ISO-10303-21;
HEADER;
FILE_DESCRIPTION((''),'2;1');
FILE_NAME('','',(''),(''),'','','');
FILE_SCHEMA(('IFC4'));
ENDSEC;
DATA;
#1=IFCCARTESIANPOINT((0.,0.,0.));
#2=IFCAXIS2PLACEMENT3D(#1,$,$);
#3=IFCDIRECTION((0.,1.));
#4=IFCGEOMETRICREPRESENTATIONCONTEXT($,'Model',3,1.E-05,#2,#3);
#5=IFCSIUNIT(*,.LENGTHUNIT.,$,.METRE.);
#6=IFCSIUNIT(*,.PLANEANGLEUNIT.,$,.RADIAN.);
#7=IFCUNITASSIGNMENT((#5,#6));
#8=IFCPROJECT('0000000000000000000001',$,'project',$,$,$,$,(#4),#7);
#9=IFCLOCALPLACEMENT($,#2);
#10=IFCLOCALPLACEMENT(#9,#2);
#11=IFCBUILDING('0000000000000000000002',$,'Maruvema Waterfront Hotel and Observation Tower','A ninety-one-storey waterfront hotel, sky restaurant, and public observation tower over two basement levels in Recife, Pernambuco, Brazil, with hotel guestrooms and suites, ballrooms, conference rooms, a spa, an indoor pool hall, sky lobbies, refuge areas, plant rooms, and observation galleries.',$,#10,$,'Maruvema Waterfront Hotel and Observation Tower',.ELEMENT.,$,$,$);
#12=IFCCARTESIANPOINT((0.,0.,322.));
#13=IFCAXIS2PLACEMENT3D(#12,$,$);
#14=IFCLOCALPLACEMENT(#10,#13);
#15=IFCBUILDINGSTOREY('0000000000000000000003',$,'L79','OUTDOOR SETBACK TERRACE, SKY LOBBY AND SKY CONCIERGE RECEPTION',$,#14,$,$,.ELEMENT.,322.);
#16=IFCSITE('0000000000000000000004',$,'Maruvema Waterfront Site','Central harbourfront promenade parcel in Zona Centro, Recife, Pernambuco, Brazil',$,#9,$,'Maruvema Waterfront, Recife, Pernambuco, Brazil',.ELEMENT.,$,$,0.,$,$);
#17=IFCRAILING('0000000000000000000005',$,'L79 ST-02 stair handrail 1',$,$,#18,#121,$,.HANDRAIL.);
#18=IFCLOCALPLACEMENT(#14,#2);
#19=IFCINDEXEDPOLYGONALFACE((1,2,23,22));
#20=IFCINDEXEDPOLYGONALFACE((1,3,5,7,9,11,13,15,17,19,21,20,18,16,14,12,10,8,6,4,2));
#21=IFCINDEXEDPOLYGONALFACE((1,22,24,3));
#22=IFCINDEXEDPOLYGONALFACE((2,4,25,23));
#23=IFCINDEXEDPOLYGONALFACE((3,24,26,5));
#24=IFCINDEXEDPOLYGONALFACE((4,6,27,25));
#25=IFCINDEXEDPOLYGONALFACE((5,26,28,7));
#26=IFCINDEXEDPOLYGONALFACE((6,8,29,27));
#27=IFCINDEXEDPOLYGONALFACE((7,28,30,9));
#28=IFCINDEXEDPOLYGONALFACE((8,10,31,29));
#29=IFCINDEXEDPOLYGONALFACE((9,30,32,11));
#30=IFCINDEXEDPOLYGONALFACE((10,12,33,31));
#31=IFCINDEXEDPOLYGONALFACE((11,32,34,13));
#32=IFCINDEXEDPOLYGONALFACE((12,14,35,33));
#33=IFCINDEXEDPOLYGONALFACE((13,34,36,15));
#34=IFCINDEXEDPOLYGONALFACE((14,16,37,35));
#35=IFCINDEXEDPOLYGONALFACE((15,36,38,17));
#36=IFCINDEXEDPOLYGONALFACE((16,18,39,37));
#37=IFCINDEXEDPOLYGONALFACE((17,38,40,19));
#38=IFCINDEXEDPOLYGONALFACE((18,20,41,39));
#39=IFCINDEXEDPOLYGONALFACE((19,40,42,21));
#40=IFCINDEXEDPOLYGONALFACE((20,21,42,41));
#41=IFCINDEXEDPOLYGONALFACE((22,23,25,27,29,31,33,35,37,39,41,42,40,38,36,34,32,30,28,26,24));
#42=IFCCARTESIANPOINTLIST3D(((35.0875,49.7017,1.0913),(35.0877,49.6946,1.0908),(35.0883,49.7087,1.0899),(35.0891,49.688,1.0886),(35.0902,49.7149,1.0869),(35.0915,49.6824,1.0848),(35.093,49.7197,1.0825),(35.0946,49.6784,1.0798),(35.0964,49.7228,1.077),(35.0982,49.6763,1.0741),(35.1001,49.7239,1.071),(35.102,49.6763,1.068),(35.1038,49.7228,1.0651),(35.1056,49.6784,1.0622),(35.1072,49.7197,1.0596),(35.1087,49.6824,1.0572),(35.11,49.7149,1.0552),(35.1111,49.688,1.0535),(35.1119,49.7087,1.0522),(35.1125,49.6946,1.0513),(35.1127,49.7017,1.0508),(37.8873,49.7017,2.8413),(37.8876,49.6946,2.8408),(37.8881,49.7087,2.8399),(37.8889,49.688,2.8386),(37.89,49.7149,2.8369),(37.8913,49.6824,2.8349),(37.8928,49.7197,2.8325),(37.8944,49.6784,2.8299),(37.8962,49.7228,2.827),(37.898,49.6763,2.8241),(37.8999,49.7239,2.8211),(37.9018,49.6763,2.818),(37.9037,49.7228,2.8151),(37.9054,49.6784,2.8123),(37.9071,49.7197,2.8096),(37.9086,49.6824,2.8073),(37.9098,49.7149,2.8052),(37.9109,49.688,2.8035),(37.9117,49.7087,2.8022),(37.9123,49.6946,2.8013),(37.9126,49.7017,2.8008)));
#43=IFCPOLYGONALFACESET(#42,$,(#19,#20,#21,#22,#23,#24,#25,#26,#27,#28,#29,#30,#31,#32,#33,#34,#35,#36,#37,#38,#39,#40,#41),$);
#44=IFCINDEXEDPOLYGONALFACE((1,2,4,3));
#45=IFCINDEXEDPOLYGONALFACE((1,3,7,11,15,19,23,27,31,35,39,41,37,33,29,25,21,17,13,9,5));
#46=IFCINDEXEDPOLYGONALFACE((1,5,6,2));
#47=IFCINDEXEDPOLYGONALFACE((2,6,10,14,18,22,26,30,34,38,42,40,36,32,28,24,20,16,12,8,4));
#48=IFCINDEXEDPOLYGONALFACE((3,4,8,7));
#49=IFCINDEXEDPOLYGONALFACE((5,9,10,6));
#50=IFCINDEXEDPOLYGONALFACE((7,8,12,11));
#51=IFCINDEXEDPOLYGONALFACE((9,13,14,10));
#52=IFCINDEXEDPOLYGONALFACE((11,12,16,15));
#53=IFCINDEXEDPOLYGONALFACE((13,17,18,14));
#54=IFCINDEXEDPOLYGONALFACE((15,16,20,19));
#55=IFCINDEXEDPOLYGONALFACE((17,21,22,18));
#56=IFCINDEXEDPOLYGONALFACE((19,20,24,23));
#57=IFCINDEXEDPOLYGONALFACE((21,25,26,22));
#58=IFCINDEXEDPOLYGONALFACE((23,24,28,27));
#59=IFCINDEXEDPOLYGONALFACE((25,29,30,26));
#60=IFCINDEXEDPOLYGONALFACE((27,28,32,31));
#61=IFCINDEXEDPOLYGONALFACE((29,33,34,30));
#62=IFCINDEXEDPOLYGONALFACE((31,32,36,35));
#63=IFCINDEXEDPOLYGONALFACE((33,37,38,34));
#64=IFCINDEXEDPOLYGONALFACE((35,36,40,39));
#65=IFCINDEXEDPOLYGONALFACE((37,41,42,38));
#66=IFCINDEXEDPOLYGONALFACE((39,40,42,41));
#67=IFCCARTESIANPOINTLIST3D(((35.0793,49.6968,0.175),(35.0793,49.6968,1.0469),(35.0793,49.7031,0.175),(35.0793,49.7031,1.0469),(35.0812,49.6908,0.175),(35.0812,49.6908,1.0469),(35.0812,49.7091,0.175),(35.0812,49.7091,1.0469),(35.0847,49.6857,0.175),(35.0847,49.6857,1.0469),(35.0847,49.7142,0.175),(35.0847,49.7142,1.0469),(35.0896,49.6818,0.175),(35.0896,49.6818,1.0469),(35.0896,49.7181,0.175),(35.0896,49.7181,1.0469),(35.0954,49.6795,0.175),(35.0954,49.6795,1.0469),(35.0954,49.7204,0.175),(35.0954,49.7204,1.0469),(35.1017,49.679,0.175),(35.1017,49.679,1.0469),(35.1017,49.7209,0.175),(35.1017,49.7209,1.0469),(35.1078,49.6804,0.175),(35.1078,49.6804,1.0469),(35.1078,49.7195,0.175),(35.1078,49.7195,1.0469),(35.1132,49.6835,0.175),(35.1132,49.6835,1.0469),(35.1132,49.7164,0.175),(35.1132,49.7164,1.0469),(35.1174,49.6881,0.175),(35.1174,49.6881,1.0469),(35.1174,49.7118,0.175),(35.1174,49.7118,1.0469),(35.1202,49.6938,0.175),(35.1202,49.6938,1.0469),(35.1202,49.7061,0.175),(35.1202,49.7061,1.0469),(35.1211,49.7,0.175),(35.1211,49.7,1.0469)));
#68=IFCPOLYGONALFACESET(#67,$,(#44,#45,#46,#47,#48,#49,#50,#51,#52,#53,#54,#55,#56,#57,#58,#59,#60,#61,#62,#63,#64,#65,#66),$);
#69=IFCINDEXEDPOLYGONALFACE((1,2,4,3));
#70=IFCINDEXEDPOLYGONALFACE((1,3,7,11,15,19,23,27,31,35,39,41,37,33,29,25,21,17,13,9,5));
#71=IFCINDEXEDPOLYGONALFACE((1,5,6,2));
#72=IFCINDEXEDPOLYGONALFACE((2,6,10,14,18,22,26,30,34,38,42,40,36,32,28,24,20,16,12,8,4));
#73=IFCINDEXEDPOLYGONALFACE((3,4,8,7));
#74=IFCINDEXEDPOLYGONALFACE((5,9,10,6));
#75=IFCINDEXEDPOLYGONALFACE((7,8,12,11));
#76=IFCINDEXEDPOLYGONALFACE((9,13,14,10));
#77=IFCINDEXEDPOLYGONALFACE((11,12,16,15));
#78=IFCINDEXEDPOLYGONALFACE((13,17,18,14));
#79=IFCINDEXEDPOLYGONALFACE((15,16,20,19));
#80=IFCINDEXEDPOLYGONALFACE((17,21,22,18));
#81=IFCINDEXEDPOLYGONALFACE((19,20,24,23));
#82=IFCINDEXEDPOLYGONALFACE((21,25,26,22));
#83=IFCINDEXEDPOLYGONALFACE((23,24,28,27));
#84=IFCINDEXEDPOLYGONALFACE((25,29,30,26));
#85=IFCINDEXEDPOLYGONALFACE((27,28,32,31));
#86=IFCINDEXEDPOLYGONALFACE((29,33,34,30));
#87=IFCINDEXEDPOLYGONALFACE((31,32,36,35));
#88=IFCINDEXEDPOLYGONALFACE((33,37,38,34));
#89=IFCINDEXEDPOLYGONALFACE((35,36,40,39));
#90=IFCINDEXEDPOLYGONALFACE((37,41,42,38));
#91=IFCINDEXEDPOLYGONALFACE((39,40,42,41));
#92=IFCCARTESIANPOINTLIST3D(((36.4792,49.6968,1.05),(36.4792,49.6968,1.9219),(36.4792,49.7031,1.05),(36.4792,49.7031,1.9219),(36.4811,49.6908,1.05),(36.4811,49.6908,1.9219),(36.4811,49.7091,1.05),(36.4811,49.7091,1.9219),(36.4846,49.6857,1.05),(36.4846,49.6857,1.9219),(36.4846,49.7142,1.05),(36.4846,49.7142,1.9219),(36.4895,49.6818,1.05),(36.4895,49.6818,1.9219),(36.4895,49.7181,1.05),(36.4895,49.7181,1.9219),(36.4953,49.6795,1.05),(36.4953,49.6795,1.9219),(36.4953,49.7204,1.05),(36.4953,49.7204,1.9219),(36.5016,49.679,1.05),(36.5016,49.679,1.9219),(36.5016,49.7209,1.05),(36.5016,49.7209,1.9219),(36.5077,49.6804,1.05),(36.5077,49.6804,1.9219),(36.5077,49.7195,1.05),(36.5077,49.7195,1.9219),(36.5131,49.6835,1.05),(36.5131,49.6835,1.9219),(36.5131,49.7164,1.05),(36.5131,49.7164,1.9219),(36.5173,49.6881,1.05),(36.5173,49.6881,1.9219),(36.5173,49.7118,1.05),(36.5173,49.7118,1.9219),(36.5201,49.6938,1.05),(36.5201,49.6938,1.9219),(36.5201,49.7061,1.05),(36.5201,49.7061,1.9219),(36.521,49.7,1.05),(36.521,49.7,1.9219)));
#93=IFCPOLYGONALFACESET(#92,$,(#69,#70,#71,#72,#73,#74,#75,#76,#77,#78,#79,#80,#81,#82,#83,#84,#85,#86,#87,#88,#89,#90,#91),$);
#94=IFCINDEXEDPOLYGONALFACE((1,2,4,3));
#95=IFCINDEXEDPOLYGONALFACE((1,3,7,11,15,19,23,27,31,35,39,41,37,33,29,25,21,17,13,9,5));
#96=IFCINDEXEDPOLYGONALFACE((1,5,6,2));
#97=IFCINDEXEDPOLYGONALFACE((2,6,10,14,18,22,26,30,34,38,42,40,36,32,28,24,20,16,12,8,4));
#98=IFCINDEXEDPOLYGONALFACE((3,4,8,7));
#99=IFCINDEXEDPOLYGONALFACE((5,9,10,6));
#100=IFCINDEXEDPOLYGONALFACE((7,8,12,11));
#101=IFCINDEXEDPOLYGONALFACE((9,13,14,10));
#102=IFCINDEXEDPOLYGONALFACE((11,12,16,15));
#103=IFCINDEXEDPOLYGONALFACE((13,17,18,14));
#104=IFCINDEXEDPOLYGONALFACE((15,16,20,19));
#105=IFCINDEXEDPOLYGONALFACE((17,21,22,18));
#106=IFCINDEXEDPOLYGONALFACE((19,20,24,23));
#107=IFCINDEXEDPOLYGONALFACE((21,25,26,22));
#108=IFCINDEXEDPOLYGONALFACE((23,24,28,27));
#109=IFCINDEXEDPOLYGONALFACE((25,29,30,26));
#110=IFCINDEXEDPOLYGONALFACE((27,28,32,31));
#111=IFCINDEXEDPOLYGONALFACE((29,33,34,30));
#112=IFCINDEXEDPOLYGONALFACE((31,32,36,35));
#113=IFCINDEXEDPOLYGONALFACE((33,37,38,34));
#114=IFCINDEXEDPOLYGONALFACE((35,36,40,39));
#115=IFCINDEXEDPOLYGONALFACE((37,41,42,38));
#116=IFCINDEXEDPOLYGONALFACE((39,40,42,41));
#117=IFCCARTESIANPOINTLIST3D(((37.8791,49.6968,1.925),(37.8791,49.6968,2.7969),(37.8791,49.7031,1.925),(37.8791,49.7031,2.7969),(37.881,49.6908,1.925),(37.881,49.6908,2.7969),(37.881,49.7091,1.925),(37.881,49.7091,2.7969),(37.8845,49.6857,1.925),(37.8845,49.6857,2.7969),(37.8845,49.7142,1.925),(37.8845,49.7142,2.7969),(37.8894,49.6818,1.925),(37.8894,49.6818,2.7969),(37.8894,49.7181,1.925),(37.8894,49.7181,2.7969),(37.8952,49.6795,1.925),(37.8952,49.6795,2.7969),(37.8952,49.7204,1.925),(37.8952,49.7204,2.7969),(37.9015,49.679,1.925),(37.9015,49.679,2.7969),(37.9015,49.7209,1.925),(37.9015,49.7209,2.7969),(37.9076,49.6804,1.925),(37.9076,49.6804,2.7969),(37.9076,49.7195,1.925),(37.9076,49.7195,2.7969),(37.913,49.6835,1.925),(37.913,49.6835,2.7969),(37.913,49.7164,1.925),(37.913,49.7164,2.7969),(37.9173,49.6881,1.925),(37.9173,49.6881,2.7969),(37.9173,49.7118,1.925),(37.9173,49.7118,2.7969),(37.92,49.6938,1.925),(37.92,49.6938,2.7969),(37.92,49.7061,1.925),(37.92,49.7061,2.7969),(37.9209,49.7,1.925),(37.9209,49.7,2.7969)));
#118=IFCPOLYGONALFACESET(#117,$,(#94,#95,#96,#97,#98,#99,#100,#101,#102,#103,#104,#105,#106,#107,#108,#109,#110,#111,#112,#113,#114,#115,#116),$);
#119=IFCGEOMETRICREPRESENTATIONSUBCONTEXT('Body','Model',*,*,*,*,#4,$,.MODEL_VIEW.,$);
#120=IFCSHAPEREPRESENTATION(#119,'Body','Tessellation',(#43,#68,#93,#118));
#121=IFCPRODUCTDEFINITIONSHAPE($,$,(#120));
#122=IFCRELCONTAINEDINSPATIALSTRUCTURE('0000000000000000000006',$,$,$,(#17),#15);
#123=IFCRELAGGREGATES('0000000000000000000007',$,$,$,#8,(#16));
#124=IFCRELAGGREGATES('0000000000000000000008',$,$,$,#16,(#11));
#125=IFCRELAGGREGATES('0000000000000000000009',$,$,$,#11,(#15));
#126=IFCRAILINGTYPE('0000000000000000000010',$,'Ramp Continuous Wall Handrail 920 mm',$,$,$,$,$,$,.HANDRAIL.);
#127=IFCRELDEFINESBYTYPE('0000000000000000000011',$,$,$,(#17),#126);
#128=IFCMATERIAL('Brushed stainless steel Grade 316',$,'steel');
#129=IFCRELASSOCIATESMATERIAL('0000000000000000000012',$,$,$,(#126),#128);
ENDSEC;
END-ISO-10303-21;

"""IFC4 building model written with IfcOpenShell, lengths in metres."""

from ifc_helpers import new_model, si_unit, direction, frame, origin, origin_2d, place, context, subcontext, project, spatial, circle, extrude, material, type_object, element, save


model = new_model("IFC4")

# Units and contexts
model_context = context("Model", 3, precision=1e-05, world=origin(), true_north=direction((0.0, 1.0)))
body_context = subcontext(model_context, "Body", "Model", "MODEL_VIEW")
ifc_project = project(units=[si_unit("LENGTHUNIT", "METRE"), si_unit("PLANEANGLEUNIT", "RADIAN")], contexts=[model_context])

# Site, building, storey
site_placement = place(None, origin())
site = spatial("IfcSite", under=ifc_project, at=site_placement, Name="Maruvema Waterfront Site", Description="Central harbourfront promenade parcel in Zona Centro, Recife, Pernambuco, Brazil", LongName="Maruvema Waterfront, Recife, Pernambuco, Brazil", CompositionType="ELEMENT", RefElevation=0.0)
building_placement = place(site_placement, origin())
building = spatial("IfcBuilding", under=site, at=building_placement, Name="Maruvema Waterfront Hotel and Observation Tower", Description="A ninety-one-storey waterfront hotel, sky restaurant, and public observation tower over two basement levels in Recife, Pernambuco, Brazil, with hotel guestrooms and suites, ballrooms, conference rooms, a spa, an indoor pool hall, sky lobbies, refuge areas, plant rooms, and observation galleries.", LongName="Maruvema Waterfront Hotel and Observation Tower", CompositionType="ELEMENT")
storey_placement = place(building_placement, frame((0.0, 0.0, 322.0)))
storey = spatial("IfcBuildingStorey", under=building, at=storey_placement, Name="L79", Description="OUTDOOR SETBACK TERRACE, SKY LOBBY AND SKY CONCIERGE RECEPTION", CompositionType="ELEMENT", Elevation=322.0)

# Railing
ifc_material_1 = material(Name="Brushed stainless steel Grade 316", Category="steel")
railing_type_1 = type_object("IfcRailingType", Name="Ramp Continuous Wall Handrail 920 mm", PredefinedType="HANDRAIL", material=ifc_material_1)
railing_1_placement = place(storey_placement, frame((35.1001, 49.7, 0.175)))
element("IfcRailing", 1, at=railing_1_placement, inside=storey, type_object=railing_type_1, Name="L79 ST-02 stair handrail 1", PredefinedType="HANDRAIL", context=body_context, shape_type="SweptSolid", body=[
    extrude(circle(Radius=0.0239, at=origin_2d()), frame((0.0, 0.0, 0.896), z_axis=(0.847982, 0.0, 0.530026), x_axis=(0.0, 1.0, 0.0)), (0.0, 0.0, 1.0), 3.3018),
    extrude(circle(Radius=0.021, at=origin_2d()), origin(), (0.0, 0.0, 1.0), 0.8718),
    extrude(circle(Radius=0.021, at=origin_2d()), frame((1.3999, 0.0, 0.875)), (0.0, 0.0, 1.0), 0.8718),
    extrude(circle(Radius=0.021, at=origin_2d()), frame((2.7998, 0.0, 1.75)), (0.0, 0.0, 1.0), 0.8718),
])

save(model, "model.ifc")
